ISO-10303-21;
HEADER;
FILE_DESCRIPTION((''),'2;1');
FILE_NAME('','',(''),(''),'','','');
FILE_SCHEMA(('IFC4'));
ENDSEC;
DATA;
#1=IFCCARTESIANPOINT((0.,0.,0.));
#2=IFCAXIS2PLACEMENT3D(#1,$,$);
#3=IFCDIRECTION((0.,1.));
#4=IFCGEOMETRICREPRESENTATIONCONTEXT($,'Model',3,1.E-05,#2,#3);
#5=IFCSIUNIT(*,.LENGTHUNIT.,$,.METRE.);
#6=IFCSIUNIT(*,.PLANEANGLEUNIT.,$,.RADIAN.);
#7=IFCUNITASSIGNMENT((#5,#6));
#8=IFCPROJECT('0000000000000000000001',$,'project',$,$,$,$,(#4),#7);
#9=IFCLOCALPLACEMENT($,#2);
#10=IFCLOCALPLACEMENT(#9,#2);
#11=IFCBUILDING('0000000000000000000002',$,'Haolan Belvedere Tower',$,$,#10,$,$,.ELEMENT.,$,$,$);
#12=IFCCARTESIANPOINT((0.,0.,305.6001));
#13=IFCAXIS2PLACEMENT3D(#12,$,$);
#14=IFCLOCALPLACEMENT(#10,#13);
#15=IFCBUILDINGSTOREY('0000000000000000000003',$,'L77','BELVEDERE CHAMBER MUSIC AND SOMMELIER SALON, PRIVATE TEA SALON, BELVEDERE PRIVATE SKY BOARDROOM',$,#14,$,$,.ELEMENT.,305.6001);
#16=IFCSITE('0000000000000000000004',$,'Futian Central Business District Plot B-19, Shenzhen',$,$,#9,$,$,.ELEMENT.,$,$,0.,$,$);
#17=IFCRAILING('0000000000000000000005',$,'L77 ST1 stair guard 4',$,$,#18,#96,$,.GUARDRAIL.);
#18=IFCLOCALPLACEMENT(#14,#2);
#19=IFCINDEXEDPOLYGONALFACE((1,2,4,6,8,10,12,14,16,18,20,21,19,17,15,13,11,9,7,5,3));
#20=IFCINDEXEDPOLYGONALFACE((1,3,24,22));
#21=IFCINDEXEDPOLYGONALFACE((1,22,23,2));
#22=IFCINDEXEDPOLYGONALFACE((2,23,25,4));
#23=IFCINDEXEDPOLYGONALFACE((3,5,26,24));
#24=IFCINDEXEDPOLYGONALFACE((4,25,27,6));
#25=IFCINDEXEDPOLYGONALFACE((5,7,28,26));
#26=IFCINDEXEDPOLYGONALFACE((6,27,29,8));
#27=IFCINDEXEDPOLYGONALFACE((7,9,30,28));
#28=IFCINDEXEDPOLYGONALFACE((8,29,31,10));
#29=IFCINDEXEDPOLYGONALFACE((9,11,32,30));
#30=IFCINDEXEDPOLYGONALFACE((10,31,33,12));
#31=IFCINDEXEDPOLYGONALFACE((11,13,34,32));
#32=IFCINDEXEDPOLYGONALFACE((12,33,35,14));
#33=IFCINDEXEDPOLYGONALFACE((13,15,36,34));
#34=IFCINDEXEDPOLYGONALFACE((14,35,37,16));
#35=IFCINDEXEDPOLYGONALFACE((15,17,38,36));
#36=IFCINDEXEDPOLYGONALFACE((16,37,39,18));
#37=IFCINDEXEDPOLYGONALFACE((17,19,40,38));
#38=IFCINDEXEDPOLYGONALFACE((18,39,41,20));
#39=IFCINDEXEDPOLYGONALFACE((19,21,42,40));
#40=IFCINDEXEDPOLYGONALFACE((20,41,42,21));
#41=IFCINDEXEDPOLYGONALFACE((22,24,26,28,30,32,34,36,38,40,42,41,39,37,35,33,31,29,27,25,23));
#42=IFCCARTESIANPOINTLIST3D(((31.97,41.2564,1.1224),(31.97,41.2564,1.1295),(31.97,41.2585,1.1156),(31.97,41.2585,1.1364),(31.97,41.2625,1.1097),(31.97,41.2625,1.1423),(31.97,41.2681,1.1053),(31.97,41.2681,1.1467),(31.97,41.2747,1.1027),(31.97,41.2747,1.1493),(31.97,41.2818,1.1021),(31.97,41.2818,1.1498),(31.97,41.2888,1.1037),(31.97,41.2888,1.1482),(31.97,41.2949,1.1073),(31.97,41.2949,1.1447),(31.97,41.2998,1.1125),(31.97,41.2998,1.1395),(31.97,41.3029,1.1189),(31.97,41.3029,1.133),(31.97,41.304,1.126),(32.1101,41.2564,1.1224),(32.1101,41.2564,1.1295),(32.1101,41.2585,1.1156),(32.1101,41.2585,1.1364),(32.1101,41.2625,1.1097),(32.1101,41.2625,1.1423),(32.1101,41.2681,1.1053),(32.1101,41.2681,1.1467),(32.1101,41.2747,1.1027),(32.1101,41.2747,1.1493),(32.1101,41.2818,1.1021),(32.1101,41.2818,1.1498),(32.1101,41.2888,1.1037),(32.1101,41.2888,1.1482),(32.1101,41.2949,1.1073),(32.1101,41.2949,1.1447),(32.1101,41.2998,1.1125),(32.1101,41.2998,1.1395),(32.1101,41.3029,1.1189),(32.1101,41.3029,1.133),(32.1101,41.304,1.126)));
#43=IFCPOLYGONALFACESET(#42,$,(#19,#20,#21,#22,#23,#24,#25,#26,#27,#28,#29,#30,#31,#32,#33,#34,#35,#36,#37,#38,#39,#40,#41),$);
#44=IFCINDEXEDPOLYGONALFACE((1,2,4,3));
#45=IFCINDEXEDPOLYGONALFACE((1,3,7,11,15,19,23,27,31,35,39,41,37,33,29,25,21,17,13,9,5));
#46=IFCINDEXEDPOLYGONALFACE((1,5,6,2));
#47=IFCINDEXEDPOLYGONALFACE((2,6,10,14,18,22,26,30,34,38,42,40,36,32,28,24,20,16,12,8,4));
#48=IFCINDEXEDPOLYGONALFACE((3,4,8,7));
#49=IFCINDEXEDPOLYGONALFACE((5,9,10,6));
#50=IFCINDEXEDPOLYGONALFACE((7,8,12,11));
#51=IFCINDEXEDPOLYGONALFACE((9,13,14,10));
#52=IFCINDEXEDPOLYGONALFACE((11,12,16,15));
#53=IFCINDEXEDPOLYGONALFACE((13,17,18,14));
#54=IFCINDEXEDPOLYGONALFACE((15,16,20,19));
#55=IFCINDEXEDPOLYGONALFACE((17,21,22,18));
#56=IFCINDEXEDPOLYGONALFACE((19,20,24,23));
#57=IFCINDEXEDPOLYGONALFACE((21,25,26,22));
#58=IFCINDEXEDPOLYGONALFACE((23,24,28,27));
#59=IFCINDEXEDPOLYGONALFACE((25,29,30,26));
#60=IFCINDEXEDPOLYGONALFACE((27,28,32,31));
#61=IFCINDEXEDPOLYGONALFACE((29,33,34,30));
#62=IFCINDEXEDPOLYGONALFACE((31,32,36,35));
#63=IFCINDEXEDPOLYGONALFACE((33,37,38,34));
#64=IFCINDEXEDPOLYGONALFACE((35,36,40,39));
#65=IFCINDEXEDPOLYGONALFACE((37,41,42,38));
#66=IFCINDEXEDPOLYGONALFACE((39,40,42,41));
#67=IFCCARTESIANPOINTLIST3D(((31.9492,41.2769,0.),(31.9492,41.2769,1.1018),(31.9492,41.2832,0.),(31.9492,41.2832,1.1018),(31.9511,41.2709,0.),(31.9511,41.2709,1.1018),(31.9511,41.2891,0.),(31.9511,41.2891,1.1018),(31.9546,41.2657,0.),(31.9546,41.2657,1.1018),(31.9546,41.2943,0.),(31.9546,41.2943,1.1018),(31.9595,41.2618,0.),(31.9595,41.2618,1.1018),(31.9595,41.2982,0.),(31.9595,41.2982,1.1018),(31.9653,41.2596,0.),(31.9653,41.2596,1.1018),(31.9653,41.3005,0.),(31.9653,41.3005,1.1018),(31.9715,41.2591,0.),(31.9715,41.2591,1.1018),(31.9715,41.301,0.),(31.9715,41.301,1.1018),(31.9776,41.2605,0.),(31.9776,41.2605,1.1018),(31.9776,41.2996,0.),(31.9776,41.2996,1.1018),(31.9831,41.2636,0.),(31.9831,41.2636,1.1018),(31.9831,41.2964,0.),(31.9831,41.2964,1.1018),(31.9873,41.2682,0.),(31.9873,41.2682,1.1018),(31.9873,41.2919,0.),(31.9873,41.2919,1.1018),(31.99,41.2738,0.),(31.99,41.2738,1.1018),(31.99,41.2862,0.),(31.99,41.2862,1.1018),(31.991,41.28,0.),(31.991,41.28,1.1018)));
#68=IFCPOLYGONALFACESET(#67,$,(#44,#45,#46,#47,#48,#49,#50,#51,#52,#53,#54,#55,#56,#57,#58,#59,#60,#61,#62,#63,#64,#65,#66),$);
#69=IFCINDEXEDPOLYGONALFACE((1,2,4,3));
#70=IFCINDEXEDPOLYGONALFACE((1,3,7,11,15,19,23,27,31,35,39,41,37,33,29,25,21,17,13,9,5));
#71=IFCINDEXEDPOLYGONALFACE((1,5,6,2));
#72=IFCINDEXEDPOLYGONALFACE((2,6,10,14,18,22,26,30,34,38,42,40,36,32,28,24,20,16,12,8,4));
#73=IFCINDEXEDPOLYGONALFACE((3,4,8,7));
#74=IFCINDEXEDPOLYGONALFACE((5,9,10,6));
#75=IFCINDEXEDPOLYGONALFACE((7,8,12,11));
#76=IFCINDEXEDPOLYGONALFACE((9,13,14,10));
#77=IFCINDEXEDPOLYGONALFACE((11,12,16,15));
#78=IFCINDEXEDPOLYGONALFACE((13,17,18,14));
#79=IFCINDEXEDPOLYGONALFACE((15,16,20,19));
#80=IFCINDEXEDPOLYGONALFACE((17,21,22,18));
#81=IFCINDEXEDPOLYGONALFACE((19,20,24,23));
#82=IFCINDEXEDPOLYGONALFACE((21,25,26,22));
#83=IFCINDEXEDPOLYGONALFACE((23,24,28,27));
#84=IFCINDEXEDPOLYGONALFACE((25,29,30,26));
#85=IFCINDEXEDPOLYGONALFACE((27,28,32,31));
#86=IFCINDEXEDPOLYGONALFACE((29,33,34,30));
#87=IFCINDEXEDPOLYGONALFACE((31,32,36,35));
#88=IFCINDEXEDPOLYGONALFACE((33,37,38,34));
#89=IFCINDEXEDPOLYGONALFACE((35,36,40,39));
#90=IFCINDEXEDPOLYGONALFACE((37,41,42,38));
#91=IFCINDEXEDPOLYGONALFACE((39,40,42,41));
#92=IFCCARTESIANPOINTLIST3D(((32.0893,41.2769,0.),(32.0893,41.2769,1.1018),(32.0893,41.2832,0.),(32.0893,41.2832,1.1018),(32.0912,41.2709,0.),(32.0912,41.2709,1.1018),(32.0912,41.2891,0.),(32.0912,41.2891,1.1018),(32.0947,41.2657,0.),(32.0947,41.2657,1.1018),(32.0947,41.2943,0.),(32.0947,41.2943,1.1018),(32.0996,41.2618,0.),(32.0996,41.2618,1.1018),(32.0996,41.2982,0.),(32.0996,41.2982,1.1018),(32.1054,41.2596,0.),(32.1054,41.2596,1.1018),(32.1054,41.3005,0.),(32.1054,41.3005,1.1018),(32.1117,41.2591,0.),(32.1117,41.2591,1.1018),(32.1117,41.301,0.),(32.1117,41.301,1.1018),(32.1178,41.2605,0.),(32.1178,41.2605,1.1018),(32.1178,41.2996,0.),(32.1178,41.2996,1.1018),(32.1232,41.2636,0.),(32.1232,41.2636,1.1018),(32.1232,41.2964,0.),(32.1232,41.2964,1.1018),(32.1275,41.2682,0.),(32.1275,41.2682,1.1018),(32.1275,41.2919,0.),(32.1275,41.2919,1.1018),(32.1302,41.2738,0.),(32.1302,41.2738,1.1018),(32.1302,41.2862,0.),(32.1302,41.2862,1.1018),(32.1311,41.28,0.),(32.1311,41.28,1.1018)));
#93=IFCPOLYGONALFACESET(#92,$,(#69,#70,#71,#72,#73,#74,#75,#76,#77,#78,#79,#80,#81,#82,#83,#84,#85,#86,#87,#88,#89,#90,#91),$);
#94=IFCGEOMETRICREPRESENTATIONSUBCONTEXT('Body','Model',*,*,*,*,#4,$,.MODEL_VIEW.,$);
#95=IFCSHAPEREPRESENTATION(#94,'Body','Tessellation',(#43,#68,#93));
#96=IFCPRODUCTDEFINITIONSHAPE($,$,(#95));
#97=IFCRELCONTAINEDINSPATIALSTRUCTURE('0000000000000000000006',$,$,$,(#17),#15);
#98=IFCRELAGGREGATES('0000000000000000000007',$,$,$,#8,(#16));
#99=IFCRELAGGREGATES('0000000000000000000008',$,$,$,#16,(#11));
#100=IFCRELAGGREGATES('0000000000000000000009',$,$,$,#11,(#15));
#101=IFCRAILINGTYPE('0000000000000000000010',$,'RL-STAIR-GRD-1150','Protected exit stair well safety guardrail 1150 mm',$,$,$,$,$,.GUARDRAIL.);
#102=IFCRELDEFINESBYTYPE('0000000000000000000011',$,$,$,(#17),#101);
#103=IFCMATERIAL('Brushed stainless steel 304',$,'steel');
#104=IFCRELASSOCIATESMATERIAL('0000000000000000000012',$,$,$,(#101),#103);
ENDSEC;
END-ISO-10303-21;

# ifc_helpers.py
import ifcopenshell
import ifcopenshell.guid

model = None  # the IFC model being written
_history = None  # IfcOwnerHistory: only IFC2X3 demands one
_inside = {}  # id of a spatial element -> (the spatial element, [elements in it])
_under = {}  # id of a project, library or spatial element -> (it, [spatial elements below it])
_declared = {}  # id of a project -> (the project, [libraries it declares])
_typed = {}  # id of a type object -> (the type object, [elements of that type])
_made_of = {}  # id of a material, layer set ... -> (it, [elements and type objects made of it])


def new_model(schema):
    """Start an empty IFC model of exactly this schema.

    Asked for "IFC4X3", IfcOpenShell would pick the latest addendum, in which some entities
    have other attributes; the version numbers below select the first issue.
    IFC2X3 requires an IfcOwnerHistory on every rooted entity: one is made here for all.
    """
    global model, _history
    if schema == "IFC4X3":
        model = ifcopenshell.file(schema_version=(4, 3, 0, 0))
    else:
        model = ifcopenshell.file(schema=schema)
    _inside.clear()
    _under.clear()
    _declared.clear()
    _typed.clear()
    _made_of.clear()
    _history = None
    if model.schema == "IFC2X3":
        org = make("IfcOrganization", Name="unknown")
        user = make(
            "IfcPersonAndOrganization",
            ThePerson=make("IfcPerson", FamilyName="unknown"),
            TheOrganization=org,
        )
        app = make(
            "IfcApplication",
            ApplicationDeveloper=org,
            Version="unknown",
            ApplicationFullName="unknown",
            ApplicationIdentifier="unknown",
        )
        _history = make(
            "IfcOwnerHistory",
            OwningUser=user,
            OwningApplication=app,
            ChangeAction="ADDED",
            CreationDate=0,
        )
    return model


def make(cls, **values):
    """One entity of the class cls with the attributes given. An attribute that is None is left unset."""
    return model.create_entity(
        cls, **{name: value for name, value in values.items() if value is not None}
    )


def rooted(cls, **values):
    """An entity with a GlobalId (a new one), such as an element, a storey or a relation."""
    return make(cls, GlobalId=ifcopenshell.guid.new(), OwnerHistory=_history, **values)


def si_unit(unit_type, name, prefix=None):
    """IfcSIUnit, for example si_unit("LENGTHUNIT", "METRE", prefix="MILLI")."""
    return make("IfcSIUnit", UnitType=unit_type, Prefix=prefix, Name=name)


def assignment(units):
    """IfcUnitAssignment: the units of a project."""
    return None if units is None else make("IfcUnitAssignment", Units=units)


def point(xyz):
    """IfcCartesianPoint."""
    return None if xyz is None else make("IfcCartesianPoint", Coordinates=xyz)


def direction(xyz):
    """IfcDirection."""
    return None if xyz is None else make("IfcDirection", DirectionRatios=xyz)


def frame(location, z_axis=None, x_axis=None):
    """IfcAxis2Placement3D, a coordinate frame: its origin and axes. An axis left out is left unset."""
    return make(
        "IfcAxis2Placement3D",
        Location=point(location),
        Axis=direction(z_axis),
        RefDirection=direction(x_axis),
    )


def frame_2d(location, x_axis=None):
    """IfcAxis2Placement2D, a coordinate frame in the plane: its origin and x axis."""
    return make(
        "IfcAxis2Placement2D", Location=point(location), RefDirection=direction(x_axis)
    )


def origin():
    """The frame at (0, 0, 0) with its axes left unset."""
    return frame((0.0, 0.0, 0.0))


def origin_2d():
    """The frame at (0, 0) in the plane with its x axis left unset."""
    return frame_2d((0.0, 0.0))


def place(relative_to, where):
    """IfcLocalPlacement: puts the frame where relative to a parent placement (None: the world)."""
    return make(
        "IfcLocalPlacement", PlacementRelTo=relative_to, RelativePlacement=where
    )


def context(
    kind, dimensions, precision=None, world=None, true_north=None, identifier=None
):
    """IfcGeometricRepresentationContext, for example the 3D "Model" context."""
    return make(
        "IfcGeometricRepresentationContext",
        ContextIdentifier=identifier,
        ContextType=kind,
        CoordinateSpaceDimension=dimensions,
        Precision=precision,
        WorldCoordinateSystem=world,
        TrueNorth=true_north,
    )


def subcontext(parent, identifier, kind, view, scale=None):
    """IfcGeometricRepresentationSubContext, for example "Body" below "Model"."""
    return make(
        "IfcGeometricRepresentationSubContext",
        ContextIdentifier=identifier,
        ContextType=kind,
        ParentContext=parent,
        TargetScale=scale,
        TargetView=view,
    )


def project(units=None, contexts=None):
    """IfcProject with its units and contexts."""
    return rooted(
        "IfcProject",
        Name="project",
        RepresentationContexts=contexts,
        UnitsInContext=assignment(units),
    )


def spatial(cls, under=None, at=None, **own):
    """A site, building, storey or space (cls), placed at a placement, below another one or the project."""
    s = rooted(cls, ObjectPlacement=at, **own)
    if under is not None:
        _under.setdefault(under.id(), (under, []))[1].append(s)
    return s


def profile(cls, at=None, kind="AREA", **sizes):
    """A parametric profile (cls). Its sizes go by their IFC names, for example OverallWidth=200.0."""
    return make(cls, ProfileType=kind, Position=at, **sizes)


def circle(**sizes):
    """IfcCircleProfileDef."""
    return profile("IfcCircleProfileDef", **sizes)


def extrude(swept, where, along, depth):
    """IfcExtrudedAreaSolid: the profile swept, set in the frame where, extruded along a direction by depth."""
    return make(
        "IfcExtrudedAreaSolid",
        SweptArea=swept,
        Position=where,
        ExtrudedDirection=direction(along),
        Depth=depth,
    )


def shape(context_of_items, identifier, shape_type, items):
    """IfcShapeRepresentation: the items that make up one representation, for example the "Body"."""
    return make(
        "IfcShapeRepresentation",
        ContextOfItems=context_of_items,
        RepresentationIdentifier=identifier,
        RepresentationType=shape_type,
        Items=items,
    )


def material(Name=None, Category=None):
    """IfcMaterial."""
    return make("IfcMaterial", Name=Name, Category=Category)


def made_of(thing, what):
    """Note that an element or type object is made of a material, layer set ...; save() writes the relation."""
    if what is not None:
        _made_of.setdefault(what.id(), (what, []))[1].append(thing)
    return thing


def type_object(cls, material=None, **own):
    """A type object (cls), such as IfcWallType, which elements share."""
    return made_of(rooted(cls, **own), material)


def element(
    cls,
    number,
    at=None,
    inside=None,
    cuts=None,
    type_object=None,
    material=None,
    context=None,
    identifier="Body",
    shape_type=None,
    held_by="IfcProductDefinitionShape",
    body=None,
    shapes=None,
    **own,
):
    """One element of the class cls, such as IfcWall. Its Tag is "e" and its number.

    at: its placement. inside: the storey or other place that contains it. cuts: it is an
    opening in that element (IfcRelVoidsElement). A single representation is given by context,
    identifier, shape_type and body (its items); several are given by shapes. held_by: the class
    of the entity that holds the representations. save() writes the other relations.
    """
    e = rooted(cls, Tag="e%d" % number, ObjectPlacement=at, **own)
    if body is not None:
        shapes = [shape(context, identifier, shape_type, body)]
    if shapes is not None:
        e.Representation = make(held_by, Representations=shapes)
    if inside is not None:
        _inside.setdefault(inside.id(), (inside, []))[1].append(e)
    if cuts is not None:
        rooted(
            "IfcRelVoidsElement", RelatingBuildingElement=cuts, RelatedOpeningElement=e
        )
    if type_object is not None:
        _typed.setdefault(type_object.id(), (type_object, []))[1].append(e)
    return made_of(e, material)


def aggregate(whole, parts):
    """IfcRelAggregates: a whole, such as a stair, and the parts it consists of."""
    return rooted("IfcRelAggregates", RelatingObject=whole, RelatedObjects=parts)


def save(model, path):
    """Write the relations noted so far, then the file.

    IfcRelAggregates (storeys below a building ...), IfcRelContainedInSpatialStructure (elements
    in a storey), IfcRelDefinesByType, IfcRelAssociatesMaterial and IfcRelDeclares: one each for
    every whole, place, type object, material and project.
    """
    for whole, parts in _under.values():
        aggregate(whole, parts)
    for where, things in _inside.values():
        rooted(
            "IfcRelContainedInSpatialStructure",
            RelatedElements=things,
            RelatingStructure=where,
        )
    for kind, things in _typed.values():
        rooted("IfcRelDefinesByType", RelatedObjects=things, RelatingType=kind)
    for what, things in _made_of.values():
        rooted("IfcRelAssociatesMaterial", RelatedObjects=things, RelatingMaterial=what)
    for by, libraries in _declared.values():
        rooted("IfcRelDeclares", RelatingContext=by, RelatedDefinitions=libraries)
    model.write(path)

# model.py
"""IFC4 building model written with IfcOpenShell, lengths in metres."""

from ifc_helpers import new_model, si_unit, direction, frame, origin, origin_2d, place, context, subcontext, project, spatial, circle, extrude, material, type_object, element, save


model = new_model("IFC4")

# Units and contexts
model_context = context("Model", 3, precision=1e-05, world=origin(), true_north=direction((0.0, 1.0)))
body_context = subcontext(model_context, "Body", "Model", "MODEL_VIEW")
ifc_project = project(units=[si_unit("LENGTHUNIT", "METRE"), si_unit("PLANEANGLEUNIT", "RADIAN")], contexts=[model_context])

# Site, building, storey
site_placement = place(None, origin())
site = spatial("IfcSite", under=ifc_project, at=site_placement, Name="Futian Central Business District Plot B-19, Shenzhen", CompositionType="ELEMENT", RefElevation=0.0)
building_placement = place(site_placement, origin())
building = spatial("IfcBuilding", under=site, at=building_placement, Name="Haolan Belvedere Tower", CompositionType="ELEMENT")
storey_placement = place(building_placement, frame((0.0, 0.0, 305.6001)))
storey = spatial("IfcBuildingStorey", under=building, at=storey_placement, Name="L77", Description="BELVEDERE CHAMBER MUSIC AND SOMMELIER SALON, PRIVATE TEA SALON, BELVEDERE PRIVATE SKY BOARDROOM", CompositionType="ELEMENT", Elevation=305.6001)

# Railing
ifc_material_1 = material(Name="Brushed stainless steel 304", Category="steel")
railing_type_1 = type_object("IfcRailingType", Name="RL-STAIR-GRD-1150", Description="Protected exit stair well safety guardrail 1150 mm", PredefinedType="GUARDRAIL", material=ifc_material_1)
railing_1_placement = place(storey_placement, frame((31.97, 41.28, 0.0)))
element("IfcRailing", 1, at=railing_1_placement, inside=storey, type_object=railing_type_1, Name="L77 ST1 stair guard 4", PredefinedType="GUARDRAIL", context=body_context, shape_type="SweptSolid", body=[
    extrude(circle(Radius=0.0239, at=origin_2d()), frame((0.0, 0.0, 1.126), z_axis=(1.0, 0.0, 0.0), x_axis=(0.0, 1.0, 0.0)), (0.0, 0.0, 1.0), 0.1401),
    extrude(circle(Radius=0.021, at=origin_2d()), origin(), (0.0, 0.0, 1.0), 1.1018),
    extrude(circle(Radius=0.021, at=origin_2d()), frame((0.1401, 0.0, 0.0)), (0.0, 0.0, 1.0), 1.1018),
])

save(model, "model.ifc")
